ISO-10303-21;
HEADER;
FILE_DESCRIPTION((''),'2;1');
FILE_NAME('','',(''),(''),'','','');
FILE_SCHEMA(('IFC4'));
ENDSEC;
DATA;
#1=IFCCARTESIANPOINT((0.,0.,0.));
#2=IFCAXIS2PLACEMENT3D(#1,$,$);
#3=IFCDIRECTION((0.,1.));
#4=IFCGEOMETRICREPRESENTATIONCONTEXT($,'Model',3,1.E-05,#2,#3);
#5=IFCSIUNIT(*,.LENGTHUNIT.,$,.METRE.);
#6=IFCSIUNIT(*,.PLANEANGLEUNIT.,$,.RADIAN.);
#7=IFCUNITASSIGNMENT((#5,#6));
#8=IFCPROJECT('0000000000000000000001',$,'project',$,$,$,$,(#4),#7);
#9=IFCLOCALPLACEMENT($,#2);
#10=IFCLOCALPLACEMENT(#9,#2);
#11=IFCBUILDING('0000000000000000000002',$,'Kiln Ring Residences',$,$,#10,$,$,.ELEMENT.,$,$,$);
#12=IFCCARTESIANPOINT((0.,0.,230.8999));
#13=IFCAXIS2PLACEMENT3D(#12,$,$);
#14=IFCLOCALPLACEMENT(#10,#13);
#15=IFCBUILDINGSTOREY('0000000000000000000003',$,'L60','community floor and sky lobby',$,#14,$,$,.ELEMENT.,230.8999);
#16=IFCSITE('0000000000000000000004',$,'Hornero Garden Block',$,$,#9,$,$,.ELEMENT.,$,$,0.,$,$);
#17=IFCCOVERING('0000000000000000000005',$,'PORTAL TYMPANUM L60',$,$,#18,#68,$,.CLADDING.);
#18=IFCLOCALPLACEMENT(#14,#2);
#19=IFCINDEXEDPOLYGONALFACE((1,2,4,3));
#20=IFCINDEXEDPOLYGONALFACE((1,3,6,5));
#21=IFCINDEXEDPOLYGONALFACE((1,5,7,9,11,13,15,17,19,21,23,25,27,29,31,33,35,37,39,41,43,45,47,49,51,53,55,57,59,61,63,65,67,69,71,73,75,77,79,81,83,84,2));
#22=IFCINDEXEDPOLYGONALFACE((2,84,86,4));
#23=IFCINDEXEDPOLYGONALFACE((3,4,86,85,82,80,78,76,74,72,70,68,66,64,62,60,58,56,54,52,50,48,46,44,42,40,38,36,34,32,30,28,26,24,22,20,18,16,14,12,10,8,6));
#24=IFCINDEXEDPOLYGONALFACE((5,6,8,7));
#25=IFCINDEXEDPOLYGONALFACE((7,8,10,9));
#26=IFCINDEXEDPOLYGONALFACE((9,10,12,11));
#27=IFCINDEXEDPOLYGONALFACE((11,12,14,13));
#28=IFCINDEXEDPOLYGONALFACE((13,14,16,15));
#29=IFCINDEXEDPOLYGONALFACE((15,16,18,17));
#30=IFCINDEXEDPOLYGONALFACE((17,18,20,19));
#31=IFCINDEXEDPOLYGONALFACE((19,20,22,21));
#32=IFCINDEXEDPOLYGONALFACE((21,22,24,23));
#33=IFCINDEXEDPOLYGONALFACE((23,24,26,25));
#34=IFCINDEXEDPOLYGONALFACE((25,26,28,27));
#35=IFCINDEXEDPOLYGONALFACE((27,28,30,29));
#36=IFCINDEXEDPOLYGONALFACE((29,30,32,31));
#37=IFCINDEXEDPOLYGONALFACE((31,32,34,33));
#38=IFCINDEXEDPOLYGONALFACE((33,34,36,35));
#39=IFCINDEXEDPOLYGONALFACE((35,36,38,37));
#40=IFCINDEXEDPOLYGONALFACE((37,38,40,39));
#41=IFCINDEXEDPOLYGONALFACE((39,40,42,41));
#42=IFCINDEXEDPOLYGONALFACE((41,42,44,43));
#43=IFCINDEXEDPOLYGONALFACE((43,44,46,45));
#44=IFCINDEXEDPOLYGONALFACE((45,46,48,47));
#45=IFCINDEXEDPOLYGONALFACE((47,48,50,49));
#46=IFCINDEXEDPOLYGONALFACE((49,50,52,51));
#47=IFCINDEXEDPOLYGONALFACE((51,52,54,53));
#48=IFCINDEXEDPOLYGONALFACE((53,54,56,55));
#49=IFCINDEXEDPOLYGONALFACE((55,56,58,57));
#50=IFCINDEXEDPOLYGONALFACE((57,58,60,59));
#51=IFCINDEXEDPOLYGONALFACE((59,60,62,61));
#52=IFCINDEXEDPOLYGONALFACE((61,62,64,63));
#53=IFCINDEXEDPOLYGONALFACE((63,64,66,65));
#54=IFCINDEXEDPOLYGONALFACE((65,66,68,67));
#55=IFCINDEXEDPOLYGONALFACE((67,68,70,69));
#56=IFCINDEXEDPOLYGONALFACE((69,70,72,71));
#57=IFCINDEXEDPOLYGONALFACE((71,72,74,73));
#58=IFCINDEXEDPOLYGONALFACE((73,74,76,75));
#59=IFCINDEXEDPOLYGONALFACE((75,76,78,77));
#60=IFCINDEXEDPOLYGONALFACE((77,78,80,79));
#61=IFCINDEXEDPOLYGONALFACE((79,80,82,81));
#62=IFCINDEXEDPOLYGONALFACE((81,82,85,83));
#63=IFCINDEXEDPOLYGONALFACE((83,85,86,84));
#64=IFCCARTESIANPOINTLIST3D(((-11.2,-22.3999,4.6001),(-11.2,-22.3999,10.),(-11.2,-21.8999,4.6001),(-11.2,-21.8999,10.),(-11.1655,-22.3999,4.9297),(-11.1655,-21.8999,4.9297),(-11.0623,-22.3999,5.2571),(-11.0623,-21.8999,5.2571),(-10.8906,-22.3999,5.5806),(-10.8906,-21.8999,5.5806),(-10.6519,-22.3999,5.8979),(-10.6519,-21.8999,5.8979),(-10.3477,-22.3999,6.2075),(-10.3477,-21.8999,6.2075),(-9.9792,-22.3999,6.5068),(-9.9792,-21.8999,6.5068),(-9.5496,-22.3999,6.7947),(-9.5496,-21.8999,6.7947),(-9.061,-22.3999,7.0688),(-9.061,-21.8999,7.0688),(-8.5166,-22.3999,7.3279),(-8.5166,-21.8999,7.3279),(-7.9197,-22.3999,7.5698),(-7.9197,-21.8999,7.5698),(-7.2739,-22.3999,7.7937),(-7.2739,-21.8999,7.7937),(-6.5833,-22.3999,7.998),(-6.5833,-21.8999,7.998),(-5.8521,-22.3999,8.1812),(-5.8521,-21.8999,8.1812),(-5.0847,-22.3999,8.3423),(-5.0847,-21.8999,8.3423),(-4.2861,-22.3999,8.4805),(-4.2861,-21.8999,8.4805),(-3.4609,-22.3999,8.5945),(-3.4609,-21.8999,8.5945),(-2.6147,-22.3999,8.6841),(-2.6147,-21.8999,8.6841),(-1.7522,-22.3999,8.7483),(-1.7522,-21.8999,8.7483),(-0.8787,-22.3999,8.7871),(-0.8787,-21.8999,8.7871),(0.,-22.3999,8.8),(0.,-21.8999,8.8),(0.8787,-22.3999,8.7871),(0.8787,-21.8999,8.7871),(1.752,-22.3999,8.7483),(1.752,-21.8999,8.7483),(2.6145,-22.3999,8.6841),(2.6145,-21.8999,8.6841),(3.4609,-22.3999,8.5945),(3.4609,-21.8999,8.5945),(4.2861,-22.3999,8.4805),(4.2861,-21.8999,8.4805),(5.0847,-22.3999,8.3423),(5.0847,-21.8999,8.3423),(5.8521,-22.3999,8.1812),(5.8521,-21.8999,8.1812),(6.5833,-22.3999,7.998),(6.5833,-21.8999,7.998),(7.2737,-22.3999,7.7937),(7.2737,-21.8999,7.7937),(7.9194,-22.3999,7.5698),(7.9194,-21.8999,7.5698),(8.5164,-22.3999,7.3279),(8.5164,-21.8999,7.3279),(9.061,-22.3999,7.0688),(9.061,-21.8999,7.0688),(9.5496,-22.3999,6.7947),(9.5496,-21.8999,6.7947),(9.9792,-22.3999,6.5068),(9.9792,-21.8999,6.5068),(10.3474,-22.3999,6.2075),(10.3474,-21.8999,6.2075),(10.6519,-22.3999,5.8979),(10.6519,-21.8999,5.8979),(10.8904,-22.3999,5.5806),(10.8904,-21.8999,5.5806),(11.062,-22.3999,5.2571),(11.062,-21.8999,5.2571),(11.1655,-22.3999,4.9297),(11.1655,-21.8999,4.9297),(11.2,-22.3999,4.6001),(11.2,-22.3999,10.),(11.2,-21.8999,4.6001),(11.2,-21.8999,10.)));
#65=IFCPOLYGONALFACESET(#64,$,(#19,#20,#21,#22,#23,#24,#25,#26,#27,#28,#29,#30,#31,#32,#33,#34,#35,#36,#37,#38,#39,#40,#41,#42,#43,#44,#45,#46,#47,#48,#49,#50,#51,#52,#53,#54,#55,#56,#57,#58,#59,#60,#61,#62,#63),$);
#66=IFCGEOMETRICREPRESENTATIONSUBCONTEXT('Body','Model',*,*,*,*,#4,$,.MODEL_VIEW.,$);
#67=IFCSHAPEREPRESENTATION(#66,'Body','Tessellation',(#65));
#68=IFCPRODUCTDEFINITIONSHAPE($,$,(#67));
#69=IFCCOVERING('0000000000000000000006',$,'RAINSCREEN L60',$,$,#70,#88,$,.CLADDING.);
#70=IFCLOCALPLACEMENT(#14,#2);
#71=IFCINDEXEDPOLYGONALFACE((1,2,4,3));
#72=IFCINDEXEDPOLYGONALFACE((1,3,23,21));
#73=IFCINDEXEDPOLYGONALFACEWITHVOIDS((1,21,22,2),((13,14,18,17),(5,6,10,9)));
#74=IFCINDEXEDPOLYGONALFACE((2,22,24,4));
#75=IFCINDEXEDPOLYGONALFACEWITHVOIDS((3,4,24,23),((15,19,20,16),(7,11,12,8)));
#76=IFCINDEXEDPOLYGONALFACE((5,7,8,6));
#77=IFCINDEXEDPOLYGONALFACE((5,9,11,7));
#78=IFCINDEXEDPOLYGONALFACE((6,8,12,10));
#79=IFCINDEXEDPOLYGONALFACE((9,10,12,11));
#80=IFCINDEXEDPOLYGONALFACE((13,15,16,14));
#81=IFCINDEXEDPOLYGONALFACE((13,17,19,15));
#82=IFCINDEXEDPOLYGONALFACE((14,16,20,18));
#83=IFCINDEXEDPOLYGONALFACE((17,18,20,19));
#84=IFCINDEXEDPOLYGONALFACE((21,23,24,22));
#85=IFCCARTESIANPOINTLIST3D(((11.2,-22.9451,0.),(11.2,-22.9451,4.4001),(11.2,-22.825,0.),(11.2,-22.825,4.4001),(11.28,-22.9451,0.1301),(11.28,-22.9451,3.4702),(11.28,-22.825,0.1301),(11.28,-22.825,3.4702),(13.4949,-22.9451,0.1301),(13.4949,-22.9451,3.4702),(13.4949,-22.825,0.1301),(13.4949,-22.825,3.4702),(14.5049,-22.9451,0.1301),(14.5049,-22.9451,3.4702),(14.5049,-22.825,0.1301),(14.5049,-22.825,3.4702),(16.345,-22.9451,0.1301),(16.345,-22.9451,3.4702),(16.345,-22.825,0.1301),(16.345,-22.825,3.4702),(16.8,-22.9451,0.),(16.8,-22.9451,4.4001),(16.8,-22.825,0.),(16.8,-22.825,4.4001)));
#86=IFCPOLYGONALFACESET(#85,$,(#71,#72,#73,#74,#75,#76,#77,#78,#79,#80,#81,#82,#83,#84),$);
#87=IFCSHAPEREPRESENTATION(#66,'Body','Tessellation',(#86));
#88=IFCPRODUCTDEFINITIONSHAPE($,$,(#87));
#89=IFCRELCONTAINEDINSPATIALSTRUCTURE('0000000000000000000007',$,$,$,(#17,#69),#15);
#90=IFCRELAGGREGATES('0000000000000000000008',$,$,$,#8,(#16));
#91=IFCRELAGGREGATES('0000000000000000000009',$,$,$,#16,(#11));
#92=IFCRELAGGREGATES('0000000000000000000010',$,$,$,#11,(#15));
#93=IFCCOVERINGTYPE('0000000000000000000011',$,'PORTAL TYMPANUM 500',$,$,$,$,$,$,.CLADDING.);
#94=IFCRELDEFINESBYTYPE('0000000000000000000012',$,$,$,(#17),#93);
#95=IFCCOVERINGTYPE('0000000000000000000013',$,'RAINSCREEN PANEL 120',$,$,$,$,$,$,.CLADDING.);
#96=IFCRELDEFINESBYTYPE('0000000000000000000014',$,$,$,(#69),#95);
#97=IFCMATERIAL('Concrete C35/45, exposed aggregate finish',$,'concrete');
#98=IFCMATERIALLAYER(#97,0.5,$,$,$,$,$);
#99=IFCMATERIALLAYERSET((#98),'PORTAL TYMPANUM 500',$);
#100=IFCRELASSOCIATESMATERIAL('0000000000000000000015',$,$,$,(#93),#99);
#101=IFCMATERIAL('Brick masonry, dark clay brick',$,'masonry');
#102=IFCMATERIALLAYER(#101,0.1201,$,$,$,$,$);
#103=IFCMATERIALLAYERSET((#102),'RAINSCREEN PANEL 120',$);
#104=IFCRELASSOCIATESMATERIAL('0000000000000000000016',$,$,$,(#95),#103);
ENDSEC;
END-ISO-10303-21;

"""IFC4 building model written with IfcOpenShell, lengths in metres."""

from ifc_helpers import new_model, si_unit, direction, frame, origin, place, context, subcontext, project, spatial, polyline, outline, extrude, material, layer, layer_set, type_object, element, save


model = new_model("IFC4")

# Units and contexts
model_context = context("Model", 3, precision=1e-05, world=origin(), true_north=direction((0.0, 1.0)))
body_context = subcontext(model_context, "Body", "Model", "MODEL_VIEW")
ifc_project = project(units=[si_unit("LENGTHUNIT", "METRE"), si_unit("PLANEANGLEUNIT", "RADIAN")], contexts=[model_context])

# Site, building, storey
site_placement = place(None, origin())
site = spatial("IfcSite", under=ifc_project, at=site_placement, Name="Hornero Garden Block", CompositionType="ELEMENT", RefElevation=0.0)
building_placement = place(site_placement, origin())
building = spatial("IfcBuilding", under=site, at=building_placement, Name="Kiln Ring Residences", CompositionType="ELEMENT")
storey_placement = place(building_placement, frame((0.0, 0.0, 230.8999)))
storey = spatial("IfcBuildingStorey", under=building, at=storey_placement, Name="L60", Description="community floor and sky lobby", CompositionType="ELEMENT", Elevation=230.8999)

# Coverings
ifc_material_1 = material(Name="Concrete C35/45, exposed aggregate finish", Category="concrete")
ifc_layer_1 = layer(ifc_material_1, 0.5)
ifc_layer_set_1 = layer_set([ifc_layer_1], Name="PORTAL TYMPANUM 500")
covering_type_1 = type_object("IfcCoveringType", Name="PORTAL TYMPANUM 500", PredefinedType="CLADDING", material=ifc_layer_set_1)
covering_1_placement = place(storey_placement, frame((11.2, -22.1499, 4.6001), z_axis=(0.0, 0.0, 1.0), x_axis=(-1.0, 0.0, 0.0)))
element("IfcCovering", 1, at=covering_1_placement, inside=storey, type_object=covering_type_1, Name="PORTAL TYMPANUM L60", PredefinedType="CLADDING", context=body_context, shape_type="SweptSolid", body=[
    extrude(outline(polyline([(22.3999, 0.0), (22.3999, 5.3999), (0.0, 5.3999), (0.0, 0.0), (0.0344, 0.3296), (0.1379, 0.657), (0.3096, 0.9805), (0.5481, 1.2979), (0.8525, 1.6074), (1.2207, 1.9067), (1.6504, 2.1946), (2.1389, 2.4688), (2.6836, 2.7278), (3.2805, 2.9697), (3.9263, 3.1936), (4.6167, 3.3979), (5.3479, 3.5811), (6.1152, 3.7422), (6.9138, 3.8804), (7.739, 3.9944), (8.5854, 4.084), (9.448, 4.1482), (10.3213, 4.187), (11.2, 4.2), (12.0786, 4.187), (12.9521, 4.1482), (13.8147, 4.084), (14.6609, 3.9944), (15.4861, 3.8804), (16.2847, 3.7422), (17.052, 3.5811), (17.7832, 3.3979), (18.4739, 3.1936), (19.1196, 2.9697), (19.7166, 2.7278), (20.261, 2.4688), (20.7495, 2.1946), (21.1792, 1.9067), (21.5476, 1.6074), (21.8518, 1.2979), (22.0906, 0.9805), (22.2622, 0.657), (22.3655, 0.3296), (22.3999, 0.0)])), frame((0.0, 0.25, 0.0), z_axis=(0.0, -1.0, 0.0), x_axis=(1.0, 0.0, 0.0)), (0.0, 0.0, 1.0), 0.5),
])
ifc_material_2 = material(Name="Brick masonry, dark clay brick", Category="masonry")
ifc_layer_2 = layer(ifc_material_2, 0.1201)
ifc_layer_set_2 = layer_set([ifc_layer_2], Name="RAINSCREEN PANEL 120")
covering_type_2 = type_object("IfcCoveringType", Name="RAINSCREEN PANEL 120", PredefinedType="CLADDING", material=ifc_layer_set_2)
covering_2_placement = place(storey_placement, frame((11.2, -22.885, 0.0), z_axis=(0.0, 0.0, 1.0), x_axis=(1.0, 0.0, 0.0)))
element("IfcCovering", 2, at=covering_2_placement, inside=storey, type_object=covering_type_2, Name="RAINSCREEN L60", PredefinedType="CLADDING", context=body_context, shape_type="SweptSolid", body=[
    extrude(outline(polyline([(0.0, 0.0), (5.6001, 0.0), (5.6001, 4.4001), (0.0, 4.4001), (0.0, 0.0)]), holes=[polyline([(2.2949, 3.4702), (0.0801, 3.4702), (0.0801, 0.1301), (2.2949, 0.1301), (2.2949, 3.4702)]), polyline([(5.145, 3.4702), (3.3049, 3.4702), (3.3049, 0.1301), (5.145, 0.1301), (5.145, 3.4702)])]), frame((0.0, 0.0601, 0.0), z_axis=(0.0, -1.0, 0.0), x_axis=(1.0, 0.0, 0.0)), (0.0, 0.0, 1.0), 0.1201),
])

save(model, "model.ifc")
